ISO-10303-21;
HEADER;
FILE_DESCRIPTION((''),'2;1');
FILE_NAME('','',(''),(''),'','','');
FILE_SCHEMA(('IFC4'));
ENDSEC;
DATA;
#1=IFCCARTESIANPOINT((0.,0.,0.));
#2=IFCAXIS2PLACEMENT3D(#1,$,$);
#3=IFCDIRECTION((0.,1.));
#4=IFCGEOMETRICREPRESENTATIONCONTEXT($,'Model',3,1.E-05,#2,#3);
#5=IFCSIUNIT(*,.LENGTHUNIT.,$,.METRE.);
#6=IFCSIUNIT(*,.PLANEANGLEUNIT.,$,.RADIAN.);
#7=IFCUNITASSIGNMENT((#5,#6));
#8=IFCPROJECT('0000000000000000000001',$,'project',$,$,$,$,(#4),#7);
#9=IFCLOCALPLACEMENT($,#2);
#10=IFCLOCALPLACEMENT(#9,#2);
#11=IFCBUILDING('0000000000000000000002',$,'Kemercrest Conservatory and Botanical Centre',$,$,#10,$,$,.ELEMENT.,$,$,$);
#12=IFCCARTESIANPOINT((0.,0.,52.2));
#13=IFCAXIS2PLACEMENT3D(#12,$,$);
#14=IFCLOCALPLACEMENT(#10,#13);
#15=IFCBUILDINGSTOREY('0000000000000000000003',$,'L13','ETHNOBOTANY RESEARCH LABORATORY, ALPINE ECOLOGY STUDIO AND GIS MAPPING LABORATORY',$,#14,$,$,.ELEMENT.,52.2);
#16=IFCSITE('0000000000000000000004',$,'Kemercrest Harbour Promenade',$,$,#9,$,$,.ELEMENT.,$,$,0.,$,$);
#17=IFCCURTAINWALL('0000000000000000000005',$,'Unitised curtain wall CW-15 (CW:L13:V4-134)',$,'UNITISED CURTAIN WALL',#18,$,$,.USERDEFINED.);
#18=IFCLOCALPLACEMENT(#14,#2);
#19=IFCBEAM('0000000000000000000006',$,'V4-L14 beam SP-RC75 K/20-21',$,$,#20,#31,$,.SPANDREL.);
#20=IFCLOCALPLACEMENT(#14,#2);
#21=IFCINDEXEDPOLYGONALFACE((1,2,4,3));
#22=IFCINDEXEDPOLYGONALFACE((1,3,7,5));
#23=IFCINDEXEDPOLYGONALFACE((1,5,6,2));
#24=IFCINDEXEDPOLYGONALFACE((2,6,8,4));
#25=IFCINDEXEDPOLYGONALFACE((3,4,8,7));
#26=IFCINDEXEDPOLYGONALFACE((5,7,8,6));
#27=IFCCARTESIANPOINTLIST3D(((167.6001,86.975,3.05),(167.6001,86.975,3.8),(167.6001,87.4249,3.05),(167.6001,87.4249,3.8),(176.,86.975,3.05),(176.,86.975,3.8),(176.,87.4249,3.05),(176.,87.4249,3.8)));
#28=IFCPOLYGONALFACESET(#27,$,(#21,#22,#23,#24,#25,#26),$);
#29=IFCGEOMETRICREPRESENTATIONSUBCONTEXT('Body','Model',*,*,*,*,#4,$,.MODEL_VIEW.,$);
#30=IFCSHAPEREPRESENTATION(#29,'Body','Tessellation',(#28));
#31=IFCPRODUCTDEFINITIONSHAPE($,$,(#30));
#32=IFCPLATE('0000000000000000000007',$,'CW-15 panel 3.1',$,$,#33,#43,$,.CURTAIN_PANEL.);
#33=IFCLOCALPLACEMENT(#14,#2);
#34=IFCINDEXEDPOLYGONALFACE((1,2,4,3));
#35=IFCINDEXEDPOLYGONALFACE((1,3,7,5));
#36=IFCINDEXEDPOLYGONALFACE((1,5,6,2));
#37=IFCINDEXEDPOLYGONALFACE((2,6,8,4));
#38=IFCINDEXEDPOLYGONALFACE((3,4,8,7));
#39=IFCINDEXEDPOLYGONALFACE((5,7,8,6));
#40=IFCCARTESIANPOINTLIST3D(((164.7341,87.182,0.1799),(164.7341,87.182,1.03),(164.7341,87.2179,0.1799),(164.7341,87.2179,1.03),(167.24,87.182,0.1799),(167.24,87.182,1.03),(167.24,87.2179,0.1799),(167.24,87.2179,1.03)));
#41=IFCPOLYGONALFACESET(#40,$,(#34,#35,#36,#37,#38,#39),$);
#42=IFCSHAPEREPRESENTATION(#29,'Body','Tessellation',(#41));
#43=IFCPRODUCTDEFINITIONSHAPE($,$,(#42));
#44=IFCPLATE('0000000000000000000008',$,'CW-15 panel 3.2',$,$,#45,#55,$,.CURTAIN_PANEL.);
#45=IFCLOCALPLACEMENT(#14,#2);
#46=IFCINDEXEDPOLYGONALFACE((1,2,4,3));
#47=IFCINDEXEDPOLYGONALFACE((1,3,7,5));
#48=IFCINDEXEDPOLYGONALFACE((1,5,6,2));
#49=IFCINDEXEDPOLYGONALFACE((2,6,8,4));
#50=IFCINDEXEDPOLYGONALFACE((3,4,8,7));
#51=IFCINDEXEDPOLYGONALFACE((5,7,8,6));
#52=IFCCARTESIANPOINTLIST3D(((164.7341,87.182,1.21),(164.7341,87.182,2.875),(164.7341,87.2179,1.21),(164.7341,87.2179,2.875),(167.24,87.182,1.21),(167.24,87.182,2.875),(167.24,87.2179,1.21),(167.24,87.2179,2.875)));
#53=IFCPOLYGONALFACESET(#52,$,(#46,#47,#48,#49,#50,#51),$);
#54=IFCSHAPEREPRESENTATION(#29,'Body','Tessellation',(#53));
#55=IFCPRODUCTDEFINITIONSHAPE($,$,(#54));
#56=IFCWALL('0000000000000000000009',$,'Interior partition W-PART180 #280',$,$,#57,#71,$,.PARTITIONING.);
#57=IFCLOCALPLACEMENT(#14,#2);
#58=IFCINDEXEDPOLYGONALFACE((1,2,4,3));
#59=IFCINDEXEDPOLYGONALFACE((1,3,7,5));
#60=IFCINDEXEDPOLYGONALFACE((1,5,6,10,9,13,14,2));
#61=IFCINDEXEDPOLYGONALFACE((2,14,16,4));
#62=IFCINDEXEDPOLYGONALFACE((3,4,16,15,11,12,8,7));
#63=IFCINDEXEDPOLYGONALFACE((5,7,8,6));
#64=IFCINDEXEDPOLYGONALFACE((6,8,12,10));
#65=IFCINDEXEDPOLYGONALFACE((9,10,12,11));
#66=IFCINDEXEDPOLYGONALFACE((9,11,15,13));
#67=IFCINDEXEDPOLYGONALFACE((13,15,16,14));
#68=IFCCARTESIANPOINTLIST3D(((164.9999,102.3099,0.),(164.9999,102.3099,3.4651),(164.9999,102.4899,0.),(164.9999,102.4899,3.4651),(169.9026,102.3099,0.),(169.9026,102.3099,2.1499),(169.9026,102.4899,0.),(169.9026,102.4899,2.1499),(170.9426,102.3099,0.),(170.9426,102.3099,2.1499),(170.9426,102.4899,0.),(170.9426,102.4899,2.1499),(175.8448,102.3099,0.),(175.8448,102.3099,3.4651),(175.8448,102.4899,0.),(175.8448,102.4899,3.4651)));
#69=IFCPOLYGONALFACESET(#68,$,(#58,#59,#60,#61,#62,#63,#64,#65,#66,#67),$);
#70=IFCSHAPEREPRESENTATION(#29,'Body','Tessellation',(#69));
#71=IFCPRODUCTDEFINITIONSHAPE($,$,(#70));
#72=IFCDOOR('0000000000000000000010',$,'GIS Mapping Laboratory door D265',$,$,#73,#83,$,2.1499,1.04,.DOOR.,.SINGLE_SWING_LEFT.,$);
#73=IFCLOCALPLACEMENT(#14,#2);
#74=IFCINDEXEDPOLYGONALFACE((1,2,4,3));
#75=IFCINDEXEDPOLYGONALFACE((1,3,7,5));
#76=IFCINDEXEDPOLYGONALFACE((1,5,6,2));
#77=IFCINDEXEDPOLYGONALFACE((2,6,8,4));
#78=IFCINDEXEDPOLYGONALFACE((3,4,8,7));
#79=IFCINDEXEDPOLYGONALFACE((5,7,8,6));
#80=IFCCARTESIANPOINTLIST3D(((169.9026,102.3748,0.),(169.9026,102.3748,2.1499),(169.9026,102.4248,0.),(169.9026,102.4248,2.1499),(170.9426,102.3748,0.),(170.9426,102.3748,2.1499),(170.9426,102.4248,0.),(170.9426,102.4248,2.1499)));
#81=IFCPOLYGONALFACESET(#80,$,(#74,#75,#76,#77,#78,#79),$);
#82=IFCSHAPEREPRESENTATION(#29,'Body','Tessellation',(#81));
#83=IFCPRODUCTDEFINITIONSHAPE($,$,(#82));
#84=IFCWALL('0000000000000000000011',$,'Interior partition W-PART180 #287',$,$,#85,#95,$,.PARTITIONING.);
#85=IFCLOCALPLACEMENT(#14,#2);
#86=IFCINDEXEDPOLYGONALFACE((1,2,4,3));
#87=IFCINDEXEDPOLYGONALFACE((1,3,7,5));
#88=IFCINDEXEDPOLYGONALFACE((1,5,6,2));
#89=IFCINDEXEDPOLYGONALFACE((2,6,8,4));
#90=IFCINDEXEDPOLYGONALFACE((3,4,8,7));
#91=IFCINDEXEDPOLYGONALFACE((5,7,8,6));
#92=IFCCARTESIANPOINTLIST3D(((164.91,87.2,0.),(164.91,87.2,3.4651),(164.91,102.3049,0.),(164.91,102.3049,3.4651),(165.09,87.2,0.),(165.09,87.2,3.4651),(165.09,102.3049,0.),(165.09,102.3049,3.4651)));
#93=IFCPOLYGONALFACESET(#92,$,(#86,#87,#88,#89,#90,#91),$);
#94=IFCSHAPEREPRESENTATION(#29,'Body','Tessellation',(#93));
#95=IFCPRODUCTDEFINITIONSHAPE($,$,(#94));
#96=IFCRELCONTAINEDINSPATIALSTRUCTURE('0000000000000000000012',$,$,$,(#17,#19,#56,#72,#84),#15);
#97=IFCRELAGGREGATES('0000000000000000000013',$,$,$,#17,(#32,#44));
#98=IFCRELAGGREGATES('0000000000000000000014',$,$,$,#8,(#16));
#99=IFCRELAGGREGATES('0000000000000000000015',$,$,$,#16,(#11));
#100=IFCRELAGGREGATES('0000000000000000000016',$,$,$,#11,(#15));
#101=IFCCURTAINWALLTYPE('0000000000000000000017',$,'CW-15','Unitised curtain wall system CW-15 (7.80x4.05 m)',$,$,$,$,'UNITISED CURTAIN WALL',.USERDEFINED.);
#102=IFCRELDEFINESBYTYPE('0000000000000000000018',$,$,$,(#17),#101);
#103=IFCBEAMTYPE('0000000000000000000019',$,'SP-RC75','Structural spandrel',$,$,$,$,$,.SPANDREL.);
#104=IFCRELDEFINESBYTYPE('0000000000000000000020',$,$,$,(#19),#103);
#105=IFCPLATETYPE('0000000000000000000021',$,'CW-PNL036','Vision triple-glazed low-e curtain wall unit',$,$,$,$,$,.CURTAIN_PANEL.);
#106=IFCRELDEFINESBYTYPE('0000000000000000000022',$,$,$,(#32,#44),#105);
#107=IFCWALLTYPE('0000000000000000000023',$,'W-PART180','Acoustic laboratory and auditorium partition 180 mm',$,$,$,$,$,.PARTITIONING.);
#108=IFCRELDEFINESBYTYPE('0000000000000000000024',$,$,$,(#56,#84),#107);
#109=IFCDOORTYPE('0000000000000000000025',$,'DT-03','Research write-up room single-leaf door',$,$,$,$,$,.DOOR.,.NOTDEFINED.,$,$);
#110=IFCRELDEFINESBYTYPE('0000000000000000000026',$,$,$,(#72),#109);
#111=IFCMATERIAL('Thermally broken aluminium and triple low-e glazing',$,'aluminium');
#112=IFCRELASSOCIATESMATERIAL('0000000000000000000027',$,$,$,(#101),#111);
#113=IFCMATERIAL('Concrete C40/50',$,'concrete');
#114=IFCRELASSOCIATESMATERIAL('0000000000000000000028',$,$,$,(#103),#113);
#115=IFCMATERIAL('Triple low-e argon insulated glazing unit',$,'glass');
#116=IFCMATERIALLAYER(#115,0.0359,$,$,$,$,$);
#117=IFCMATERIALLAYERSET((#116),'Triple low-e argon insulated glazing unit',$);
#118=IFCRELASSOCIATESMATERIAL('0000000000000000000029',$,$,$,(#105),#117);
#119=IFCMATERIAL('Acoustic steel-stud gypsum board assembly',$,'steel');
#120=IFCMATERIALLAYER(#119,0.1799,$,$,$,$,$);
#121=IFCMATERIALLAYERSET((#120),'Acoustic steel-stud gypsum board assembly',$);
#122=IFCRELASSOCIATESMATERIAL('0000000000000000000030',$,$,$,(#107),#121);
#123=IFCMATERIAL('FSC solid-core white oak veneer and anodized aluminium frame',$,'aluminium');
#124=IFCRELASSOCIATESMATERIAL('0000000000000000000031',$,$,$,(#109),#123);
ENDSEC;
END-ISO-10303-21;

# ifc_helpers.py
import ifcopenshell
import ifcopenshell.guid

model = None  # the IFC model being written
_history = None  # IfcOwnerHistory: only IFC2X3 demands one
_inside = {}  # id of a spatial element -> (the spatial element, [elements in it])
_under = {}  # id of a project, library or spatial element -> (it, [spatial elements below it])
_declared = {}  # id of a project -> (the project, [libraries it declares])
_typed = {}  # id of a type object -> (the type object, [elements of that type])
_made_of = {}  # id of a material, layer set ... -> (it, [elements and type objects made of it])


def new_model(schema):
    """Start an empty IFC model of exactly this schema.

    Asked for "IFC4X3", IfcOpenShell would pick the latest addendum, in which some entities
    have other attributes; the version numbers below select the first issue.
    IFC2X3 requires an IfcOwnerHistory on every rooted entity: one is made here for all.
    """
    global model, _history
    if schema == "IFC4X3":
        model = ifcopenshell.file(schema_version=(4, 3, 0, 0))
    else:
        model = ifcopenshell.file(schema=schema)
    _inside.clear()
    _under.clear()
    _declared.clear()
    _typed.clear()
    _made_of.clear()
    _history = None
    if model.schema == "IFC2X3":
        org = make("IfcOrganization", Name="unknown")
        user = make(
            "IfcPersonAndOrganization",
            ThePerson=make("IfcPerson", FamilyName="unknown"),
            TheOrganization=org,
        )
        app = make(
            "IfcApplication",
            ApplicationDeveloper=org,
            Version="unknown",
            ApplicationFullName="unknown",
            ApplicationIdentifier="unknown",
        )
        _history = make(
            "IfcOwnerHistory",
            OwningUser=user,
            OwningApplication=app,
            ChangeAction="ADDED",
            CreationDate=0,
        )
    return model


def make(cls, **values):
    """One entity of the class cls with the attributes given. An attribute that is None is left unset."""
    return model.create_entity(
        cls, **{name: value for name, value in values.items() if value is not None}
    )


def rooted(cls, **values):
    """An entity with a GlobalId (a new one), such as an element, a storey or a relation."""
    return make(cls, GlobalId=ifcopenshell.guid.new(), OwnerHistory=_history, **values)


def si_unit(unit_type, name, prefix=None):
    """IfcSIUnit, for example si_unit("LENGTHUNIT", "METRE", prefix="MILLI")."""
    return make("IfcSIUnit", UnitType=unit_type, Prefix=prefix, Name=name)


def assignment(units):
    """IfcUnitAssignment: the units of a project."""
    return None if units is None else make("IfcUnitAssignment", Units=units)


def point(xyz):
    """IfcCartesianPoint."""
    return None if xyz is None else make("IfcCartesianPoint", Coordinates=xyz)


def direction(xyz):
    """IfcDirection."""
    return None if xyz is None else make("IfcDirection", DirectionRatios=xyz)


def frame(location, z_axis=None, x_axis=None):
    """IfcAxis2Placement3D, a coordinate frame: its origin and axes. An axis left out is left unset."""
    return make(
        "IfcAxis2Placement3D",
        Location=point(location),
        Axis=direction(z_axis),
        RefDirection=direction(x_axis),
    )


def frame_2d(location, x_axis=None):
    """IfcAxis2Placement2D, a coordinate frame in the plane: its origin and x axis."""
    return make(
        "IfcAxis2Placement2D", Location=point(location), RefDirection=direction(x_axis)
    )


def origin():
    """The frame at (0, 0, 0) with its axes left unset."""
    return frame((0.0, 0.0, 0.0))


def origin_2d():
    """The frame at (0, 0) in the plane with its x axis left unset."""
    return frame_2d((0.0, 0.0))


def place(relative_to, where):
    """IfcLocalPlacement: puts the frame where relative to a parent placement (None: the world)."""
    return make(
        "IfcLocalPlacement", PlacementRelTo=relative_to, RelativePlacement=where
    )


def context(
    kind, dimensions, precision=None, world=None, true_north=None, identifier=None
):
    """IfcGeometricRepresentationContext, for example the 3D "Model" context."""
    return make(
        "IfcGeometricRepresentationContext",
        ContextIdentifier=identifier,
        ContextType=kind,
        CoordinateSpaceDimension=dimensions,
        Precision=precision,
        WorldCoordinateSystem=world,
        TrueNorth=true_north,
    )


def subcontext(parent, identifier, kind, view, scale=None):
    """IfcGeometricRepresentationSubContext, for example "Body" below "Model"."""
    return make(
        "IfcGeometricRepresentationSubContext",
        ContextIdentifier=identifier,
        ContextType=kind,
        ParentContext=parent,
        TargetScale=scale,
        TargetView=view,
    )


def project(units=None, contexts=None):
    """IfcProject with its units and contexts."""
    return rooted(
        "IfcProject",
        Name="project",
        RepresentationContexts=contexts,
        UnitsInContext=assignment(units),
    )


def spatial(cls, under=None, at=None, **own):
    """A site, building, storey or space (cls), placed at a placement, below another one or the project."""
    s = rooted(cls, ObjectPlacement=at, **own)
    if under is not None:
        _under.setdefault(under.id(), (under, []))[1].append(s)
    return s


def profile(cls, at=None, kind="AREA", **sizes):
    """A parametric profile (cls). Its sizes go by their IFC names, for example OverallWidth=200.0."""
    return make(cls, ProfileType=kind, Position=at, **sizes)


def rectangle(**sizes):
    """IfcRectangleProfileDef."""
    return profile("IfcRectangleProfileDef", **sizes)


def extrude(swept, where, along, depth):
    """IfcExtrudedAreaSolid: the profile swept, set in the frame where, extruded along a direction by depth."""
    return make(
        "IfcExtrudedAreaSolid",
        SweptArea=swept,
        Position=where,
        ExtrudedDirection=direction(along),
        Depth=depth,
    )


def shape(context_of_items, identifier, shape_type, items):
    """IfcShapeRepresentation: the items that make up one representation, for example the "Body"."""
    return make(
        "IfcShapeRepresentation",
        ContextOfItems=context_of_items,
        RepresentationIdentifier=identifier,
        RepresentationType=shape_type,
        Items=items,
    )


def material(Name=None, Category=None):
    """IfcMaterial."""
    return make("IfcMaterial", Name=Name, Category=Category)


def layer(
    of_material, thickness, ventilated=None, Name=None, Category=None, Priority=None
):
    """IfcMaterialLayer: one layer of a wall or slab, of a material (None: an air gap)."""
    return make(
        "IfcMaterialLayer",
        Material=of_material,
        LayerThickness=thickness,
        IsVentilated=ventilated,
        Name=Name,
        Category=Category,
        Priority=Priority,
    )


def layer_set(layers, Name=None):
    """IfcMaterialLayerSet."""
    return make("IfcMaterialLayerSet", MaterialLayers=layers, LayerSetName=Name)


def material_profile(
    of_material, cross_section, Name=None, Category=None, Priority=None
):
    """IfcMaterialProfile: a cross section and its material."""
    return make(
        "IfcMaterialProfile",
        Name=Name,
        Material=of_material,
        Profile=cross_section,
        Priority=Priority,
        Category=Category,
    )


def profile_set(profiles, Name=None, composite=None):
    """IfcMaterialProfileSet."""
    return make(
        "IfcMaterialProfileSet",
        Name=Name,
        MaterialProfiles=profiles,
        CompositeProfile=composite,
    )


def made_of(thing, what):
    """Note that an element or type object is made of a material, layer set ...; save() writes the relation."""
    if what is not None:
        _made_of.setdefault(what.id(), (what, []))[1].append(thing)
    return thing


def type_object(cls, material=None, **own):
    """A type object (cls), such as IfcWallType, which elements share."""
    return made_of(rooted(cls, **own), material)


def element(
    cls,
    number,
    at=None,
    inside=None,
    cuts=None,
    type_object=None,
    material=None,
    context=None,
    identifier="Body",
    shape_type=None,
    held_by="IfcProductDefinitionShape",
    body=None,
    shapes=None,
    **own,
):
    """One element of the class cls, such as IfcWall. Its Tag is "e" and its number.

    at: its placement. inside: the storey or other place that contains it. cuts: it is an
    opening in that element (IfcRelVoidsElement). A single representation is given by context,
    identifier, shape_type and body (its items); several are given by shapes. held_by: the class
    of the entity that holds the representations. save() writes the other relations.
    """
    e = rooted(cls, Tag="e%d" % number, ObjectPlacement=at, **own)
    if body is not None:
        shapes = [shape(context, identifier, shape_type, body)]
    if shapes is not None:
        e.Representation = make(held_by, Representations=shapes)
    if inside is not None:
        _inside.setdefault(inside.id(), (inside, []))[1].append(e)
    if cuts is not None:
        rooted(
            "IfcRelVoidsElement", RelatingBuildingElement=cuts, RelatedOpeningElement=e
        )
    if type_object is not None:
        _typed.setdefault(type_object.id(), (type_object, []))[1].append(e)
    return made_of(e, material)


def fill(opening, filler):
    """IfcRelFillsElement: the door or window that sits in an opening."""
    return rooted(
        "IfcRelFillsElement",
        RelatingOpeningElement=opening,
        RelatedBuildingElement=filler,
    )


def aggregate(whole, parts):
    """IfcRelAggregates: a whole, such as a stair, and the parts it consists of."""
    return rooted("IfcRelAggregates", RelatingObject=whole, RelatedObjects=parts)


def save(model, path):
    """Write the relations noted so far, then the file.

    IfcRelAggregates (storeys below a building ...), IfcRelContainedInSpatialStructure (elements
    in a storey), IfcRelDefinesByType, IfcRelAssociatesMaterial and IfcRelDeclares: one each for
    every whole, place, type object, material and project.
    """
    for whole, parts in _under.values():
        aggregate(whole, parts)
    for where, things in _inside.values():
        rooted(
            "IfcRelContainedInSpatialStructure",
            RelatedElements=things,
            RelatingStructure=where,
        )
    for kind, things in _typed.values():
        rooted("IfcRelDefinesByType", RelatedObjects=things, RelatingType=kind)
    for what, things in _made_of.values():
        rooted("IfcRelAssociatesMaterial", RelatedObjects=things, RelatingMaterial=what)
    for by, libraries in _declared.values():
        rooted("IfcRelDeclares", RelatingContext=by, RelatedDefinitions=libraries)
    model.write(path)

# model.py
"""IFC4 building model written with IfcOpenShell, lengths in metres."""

from ifc_helpers import new_model, si_unit, direction, frame, frame_2d, origin, origin_2d, place, context, subcontext, project, spatial, rectangle, extrude, material, layer, layer_set, material_profile, profile_set, type_object, element, fill, aggregate, save


model = new_model("IFC4")

# Units and contexts
model_context = context("Model", 3, precision=1e-05, world=origin(), true_north=direction((0.0, 1.0)))
body_context = subcontext(model_context, "Body", "Model", "MODEL_VIEW")
ifc_project = project(units=[si_unit("LENGTHUNIT", "METRE"), si_unit("PLANEANGLEUNIT", "RADIAN")], contexts=[model_context])

# Site, building, storey
site_placement = place(None, origin())
site = spatial("IfcSite", under=ifc_project, at=site_placement, Name="Kemercrest Harbour Promenade", CompositionType="ELEMENT", RefElevation=0.0)
building_placement = place(site_placement, origin())
building = spatial("IfcBuilding", under=site, at=building_placement, Name="Kemercrest Conservatory and Botanical Centre", CompositionType="ELEMENT")
storey_placement = place(building_placement, frame((0.0, 0.0, 52.2)))
storey = spatial("IfcBuildingStorey", under=building, at=storey_placement, Name="L13", Description="ETHNOBOTANY RESEARCH LABORATORY, ALPINE ECOLOGY STUDIO AND GIS MAPPING LABORATORY", CompositionType="ELEMENT", Elevation=52.2)

# Shared definitions
ifc_material_1 = material(Name="Concrete C40/50", Category="concrete")

# Curtain wall
ifc_material_2 = material(Name="Thermally broken aluminium and triple low-e glazing", Category="aluminium")
curtain_wall_type = type_object("IfcCurtainWallType", Name="CW-15", Description="Unitised curtain wall system CW-15 (7.80x4.05 m)", ElementType="UNITISED CURTAIN WALL", PredefinedType="USERDEFINED", material=ifc_material_2)
curtain_wall_placement = place(storey_placement, origin())
curtain_wall = element("IfcCurtainWall", 1, at=curtain_wall_placement, inside=storey, type_object=curtain_wall_type, Name="Unitised curtain wall CW-15 (CW:L13:V4-134)", ObjectType="UNITISED CURTAIN WALL", PredefinedType="USERDEFINED")

# Beam
ifc_material_profile_1 = material_profile(ifc_material_1, rectangle(XDim=0.45, YDim=0.75, at=origin_2d()), Name="RC 450x750")
ifc_profile_set_1 = profile_set([ifc_material_profile_1], Name="Concrete C40/50")
beam_type_1 = type_object("IfcBeamType", Name="SP-RC75", Description="Structural spandrel", PredefinedType="SPANDREL", material=ifc_profile_set_1)
beam_1_placement = place(storey_placement, frame((167.6001, 87.2, 3.425), z_axis=(1.0, 0.0, 0.0), x_axis=(0.0, 1.0, 0.0)))
element("IfcBeam", 2, at=beam_1_placement, inside=storey, type_object=beam_type_1, Name="V4-L14 beam SP-RC75 K/20-21", PredefinedType="SPANDREL", context=body_context, shape_type="SweptSolid", body=[
    extrude(rectangle(XDim=0.45, YDim=0.75, at=origin_2d()), origin(), (0.0, 0.0, 1.0), 8.3999),
])

# Plates
ifc_material_3 = material(Name="Triple low-e argon insulated glazing unit", Category="glass")
ifc_layer_1 = layer(ifc_material_3, 0.0359)
ifc_layer_set_1 = layer_set([ifc_layer_1], Name="Triple low-e argon insulated glazing unit")
plate_type = type_object("IfcPlateType", Name="CW-PNL036", Description="Vision triple-glazed low-e curtain wall unit", PredefinedType="CURTAIN_PANEL", material=ifc_layer_set_1)
plate_1_placement = place(storey_placement, frame((165.9871, 87.2, 0.1799), z_axis=(0.0, 0.0, 1.0), x_axis=(1.0, 0.0, 0.0)))
plate_1 = element("IfcPlate", 3, at=plate_1_placement, type_object=plate_type, Name="CW-15 panel 3.1", PredefinedType="CURTAIN_PANEL", context=body_context, shape_type="SweptSolid", body=[
    extrude(rectangle(XDim=2.5059, YDim=0.0359, at=origin_2d()), origin(), (0.0, 0.0, 1.0), 0.8501),
])
plate_2_placement = place(storey_placement, frame((165.9871, 87.2, 1.21), z_axis=(0.0, 0.0, 1.0), x_axis=(1.0, 0.0, 0.0)))
plate_2 = element("IfcPlate", 4, at=plate_2_placement, type_object=plate_type, Name="CW-15 panel 3.2", PredefinedType="CURTAIN_PANEL", context=body_context, shape_type="SweptSolid", body=[
    extrude(rectangle(XDim=2.5059, YDim=0.0359, at=origin_2d()), origin(), (0.0, 0.0, 1.0), 1.665),
])
aggregate(curtain_wall, [plate_1, plate_2])

# Wall, opening, door
ifc_material_4 = material(Name="Acoustic steel-stud gypsum board assembly", Category="steel")
ifc_layer_2 = layer(ifc_material_4, 0.1799)
ifc_layer_set_2 = layer_set([ifc_layer_2], Name="Acoustic steel-stud gypsum board assembly")
wall_type = type_object("IfcWallType", Name="W-PART180", Description="Acoustic laboratory and auditorium partition 180 mm", PredefinedType="PARTITIONING", material=ifc_layer_set_2)
wall_1_placement = place(storey_placement, frame((165.0, 102.3999, 0.0), z_axis=(0.0, 0.0, 1.0), x_axis=(1.0, 0.0, 0.0)))
wall_1 = element("IfcWall", 5, at=wall_1_placement, inside=storey, type_object=wall_type, Name="Interior partition W-PART180 #280", PredefinedType="PARTITIONING", context=body_context, shape_type="SweptSolid", body=[
    extrude(rectangle(XDim=10.845, YDim=0.1799, at=frame_2d((5.4224, 0.0))), origin(), (0.0, 0.0, 1.0), 3.4651),
])
opening_placement = place(wall_1_placement, frame((4.9026, 0.0, 0.0)))
opening = element("IfcOpeningElement", 6, at=opening_placement, cuts=wall_1, PredefinedType="OPENING", context=body_context, shape_type="SweptSolid", body=[
    extrude(rectangle(XDim=1.04, YDim=2.1499, at=frame_2d((0.52, 1.075))), frame((0.0, 0.1001, 0.0), z_axis=(0.0, -1.0, 0.0), x_axis=(1.0, 0.0, 0.0)), (0.0, 0.0, 1.0), 0.2),
])
ifc_material_5 = material(Name="FSC solid-core white oak veneer and anodized aluminium frame", Category="aluminium")
door_type = type_object("IfcDoorType", Name="DT-03", Description="Research write-up room single-leaf door", OperationType="NOTDEFINED", PredefinedType="DOOR", material=ifc_material_5)
door_placement = place(opening_placement, origin())
door = element("IfcDoor", 7, at=door_placement, inside=storey, type_object=door_type, Name="GIS Mapping Laboratory door D265", OperationType="SINGLE_SWING_LEFT", OverallHeight=2.1499, OverallWidth=1.04, PredefinedType="DOOR", context=body_context, shape_type="SweptSolid", body=[
    extrude(rectangle(XDim=1.04, YDim=2.1499, at=frame_2d((0.52, 1.075))), frame((0.0, 0.0249, 0.0), z_axis=(0.0, -1.0, 0.0), x_axis=(1.0, 0.0, 0.0)), (0.0, 0.0, 1.0), 0.05),
])
fill(opening, door)

# Wall
wall_2_placement = place(storey_placement, frame((165.0, 87.2, 0.0), z_axis=(0.0, 0.0, 1.0), x_axis=(0.0, 1.0, 0.0)))
element("IfcWall", 8, at=wall_2_placement, inside=storey, type_object=wall_type, Name="Interior partition W-PART180 #287", PredefinedType="PARTITIONING", context=body_context, shape_type="SweptSolid", body=[
    extrude(rectangle(XDim=15.105, YDim=0.1799, at=frame_2d((7.5525, 0.0))), origin(), (0.0, 0.0, 1.0), 3.4651),
])

save(model, "model.ifc")
